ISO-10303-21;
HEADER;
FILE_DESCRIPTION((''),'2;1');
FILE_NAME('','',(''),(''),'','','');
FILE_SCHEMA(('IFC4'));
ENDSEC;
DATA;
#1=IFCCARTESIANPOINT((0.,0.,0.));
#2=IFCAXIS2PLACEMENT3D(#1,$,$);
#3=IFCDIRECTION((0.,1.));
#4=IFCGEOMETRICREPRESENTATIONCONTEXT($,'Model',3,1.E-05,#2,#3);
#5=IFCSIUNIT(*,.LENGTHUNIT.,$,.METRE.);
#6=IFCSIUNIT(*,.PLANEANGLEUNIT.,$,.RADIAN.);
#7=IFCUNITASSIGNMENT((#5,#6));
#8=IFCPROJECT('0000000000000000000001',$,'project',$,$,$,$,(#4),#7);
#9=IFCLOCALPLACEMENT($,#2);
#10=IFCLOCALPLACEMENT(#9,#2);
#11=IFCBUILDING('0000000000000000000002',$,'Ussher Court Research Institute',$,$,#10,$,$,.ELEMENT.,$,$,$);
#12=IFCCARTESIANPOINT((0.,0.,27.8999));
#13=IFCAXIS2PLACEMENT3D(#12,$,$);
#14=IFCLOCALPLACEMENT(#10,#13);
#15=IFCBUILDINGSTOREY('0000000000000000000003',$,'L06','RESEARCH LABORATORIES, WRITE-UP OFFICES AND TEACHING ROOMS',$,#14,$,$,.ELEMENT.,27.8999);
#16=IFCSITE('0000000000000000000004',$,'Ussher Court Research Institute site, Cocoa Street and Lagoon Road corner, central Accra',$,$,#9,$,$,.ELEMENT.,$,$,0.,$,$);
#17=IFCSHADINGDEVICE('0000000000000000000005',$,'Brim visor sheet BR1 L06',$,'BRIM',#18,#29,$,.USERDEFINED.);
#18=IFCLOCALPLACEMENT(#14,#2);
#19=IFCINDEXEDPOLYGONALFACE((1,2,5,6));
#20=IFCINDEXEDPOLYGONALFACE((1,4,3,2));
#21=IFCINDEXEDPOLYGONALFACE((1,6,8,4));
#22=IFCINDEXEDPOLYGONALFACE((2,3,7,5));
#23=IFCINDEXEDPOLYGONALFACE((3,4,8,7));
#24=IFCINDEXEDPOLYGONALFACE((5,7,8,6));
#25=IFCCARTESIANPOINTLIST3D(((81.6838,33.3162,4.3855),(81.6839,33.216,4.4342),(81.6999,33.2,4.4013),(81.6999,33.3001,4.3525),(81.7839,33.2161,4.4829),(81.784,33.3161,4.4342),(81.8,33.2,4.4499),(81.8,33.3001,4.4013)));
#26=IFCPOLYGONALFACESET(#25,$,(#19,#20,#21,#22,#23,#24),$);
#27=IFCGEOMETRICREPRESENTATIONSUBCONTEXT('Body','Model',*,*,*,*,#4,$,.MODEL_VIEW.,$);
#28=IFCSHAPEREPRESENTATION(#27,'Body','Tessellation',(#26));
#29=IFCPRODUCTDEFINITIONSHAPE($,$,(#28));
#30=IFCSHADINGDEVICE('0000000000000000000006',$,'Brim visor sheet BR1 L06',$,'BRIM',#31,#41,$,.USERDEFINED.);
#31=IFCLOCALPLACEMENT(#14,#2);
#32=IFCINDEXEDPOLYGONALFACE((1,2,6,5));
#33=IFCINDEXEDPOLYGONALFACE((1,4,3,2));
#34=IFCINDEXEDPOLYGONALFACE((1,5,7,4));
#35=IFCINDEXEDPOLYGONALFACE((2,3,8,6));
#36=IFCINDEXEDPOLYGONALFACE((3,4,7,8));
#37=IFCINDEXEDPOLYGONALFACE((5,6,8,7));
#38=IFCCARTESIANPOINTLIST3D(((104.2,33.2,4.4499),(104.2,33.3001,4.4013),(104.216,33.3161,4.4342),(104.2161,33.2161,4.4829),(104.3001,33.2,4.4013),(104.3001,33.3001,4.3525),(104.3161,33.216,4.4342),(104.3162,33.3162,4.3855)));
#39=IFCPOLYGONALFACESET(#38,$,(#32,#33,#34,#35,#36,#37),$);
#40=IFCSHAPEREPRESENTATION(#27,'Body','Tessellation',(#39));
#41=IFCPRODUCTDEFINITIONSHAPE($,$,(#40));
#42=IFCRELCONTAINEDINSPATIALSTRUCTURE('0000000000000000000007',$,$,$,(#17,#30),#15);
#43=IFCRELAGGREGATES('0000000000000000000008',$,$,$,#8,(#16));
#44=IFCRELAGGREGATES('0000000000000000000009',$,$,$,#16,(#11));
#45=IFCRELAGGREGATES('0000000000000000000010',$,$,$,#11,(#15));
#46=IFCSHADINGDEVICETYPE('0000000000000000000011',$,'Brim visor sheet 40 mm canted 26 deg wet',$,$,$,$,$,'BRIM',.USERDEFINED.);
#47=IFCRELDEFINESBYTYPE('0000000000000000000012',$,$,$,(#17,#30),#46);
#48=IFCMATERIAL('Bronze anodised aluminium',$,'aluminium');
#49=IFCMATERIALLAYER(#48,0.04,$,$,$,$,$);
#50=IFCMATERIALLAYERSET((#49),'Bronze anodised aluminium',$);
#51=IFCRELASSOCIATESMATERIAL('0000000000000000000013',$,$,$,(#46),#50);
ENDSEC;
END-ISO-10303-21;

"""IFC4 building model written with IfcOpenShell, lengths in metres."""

from ifc_helpers import new_model, si_unit, direction, frame, origin, place, context, subcontext, project, spatial, polyline, outline, extrude, material, layer, layer_set, type_object, element, save


model = new_model("IFC4")

# Units and contexts
model_context = context("Model", 3, precision=1e-05, world=origin(), true_north=direction((0.0, 1.0)))
body_context = subcontext(model_context, "Body", "Model", "MODEL_VIEW")
ifc_project = project(units=[si_unit("LENGTHUNIT", "METRE"), si_unit("PLANEANGLEUNIT", "RADIAN")], contexts=[model_context])

# Site, building, storey
site_placement = place(None, origin())
site = spatial("IfcSite", under=ifc_project, at=site_placement, Name="Ussher Court Research Institute site, Cocoa Street and Lagoon Road corner, central Accra", CompositionType="ELEMENT", RefElevation=0.0)
building_placement = place(site_placement, origin())
building = spatial("IfcBuilding", under=site, at=building_placement, Name="Ussher Court Research Institute", CompositionType="ELEMENT")
storey_placement = place(building_placement, frame((0.0, 0.0, 27.8999)))
storey = spatial("IfcBuildingStorey", under=building, at=storey_placement, Name="L06", Description="RESEARCH LABORATORIES, WRITE-UP OFFICES AND TEACHING ROOMS", CompositionType="ELEMENT", Elevation=27.8999)

# Shading devices
ifc_material_1 = material(Name="Bronze anodised aluminium", Category="aluminium")
ifc_layer_1 = layer(ifc_material_1, 0.04)
ifc_layer_set_1 = layer_set([ifc_layer_1], Name="Bronze anodised aluminium")
shading_device_type_1 = type_object("IfcShadingDeviceType", Name="Brim visor sheet 40 mm canted 26 deg wet", ElementType="BRIM", PredefinedType="USERDEFINED", material=ifc_layer_set_1)
for number, where, z_axis, x_axis, name in (
    (1, (81.7839, 33.2161, 4.4829), (-0.400848, 0.400848, 0.823797), (0.000362, 0.899269, -0.437395), "Brim visor sheet BR1 L06"),
    (2, (104.2161, 33.2161, 4.4829), (0.400848, 0.400848, 0.823797), (0.899269, -0.000362, -0.437395), "Brim visor sheet BR1 L06"),
):
    element("IfcShadingDevice", number, at=place(storey_placement, frame(where, z_axis=z_axis, x_axis=x_axis)), inside=storey, type_object=shading_device_type_1, Name=name, ObjectType="BRIM", PredefinedType="USERDEFINED", context=body_context, shape_type="SweptSolid", body=[
        extrude(outline(polyline([(0.0, 0.0), (0.1113, 0.0), (0.1326, 0.1093), (0.0212, 0.1092), (0.0, 0.0)])), origin(), (0.0, 0.0, -1.0), 0.04),
    ])

save(model, "model.ifc")
